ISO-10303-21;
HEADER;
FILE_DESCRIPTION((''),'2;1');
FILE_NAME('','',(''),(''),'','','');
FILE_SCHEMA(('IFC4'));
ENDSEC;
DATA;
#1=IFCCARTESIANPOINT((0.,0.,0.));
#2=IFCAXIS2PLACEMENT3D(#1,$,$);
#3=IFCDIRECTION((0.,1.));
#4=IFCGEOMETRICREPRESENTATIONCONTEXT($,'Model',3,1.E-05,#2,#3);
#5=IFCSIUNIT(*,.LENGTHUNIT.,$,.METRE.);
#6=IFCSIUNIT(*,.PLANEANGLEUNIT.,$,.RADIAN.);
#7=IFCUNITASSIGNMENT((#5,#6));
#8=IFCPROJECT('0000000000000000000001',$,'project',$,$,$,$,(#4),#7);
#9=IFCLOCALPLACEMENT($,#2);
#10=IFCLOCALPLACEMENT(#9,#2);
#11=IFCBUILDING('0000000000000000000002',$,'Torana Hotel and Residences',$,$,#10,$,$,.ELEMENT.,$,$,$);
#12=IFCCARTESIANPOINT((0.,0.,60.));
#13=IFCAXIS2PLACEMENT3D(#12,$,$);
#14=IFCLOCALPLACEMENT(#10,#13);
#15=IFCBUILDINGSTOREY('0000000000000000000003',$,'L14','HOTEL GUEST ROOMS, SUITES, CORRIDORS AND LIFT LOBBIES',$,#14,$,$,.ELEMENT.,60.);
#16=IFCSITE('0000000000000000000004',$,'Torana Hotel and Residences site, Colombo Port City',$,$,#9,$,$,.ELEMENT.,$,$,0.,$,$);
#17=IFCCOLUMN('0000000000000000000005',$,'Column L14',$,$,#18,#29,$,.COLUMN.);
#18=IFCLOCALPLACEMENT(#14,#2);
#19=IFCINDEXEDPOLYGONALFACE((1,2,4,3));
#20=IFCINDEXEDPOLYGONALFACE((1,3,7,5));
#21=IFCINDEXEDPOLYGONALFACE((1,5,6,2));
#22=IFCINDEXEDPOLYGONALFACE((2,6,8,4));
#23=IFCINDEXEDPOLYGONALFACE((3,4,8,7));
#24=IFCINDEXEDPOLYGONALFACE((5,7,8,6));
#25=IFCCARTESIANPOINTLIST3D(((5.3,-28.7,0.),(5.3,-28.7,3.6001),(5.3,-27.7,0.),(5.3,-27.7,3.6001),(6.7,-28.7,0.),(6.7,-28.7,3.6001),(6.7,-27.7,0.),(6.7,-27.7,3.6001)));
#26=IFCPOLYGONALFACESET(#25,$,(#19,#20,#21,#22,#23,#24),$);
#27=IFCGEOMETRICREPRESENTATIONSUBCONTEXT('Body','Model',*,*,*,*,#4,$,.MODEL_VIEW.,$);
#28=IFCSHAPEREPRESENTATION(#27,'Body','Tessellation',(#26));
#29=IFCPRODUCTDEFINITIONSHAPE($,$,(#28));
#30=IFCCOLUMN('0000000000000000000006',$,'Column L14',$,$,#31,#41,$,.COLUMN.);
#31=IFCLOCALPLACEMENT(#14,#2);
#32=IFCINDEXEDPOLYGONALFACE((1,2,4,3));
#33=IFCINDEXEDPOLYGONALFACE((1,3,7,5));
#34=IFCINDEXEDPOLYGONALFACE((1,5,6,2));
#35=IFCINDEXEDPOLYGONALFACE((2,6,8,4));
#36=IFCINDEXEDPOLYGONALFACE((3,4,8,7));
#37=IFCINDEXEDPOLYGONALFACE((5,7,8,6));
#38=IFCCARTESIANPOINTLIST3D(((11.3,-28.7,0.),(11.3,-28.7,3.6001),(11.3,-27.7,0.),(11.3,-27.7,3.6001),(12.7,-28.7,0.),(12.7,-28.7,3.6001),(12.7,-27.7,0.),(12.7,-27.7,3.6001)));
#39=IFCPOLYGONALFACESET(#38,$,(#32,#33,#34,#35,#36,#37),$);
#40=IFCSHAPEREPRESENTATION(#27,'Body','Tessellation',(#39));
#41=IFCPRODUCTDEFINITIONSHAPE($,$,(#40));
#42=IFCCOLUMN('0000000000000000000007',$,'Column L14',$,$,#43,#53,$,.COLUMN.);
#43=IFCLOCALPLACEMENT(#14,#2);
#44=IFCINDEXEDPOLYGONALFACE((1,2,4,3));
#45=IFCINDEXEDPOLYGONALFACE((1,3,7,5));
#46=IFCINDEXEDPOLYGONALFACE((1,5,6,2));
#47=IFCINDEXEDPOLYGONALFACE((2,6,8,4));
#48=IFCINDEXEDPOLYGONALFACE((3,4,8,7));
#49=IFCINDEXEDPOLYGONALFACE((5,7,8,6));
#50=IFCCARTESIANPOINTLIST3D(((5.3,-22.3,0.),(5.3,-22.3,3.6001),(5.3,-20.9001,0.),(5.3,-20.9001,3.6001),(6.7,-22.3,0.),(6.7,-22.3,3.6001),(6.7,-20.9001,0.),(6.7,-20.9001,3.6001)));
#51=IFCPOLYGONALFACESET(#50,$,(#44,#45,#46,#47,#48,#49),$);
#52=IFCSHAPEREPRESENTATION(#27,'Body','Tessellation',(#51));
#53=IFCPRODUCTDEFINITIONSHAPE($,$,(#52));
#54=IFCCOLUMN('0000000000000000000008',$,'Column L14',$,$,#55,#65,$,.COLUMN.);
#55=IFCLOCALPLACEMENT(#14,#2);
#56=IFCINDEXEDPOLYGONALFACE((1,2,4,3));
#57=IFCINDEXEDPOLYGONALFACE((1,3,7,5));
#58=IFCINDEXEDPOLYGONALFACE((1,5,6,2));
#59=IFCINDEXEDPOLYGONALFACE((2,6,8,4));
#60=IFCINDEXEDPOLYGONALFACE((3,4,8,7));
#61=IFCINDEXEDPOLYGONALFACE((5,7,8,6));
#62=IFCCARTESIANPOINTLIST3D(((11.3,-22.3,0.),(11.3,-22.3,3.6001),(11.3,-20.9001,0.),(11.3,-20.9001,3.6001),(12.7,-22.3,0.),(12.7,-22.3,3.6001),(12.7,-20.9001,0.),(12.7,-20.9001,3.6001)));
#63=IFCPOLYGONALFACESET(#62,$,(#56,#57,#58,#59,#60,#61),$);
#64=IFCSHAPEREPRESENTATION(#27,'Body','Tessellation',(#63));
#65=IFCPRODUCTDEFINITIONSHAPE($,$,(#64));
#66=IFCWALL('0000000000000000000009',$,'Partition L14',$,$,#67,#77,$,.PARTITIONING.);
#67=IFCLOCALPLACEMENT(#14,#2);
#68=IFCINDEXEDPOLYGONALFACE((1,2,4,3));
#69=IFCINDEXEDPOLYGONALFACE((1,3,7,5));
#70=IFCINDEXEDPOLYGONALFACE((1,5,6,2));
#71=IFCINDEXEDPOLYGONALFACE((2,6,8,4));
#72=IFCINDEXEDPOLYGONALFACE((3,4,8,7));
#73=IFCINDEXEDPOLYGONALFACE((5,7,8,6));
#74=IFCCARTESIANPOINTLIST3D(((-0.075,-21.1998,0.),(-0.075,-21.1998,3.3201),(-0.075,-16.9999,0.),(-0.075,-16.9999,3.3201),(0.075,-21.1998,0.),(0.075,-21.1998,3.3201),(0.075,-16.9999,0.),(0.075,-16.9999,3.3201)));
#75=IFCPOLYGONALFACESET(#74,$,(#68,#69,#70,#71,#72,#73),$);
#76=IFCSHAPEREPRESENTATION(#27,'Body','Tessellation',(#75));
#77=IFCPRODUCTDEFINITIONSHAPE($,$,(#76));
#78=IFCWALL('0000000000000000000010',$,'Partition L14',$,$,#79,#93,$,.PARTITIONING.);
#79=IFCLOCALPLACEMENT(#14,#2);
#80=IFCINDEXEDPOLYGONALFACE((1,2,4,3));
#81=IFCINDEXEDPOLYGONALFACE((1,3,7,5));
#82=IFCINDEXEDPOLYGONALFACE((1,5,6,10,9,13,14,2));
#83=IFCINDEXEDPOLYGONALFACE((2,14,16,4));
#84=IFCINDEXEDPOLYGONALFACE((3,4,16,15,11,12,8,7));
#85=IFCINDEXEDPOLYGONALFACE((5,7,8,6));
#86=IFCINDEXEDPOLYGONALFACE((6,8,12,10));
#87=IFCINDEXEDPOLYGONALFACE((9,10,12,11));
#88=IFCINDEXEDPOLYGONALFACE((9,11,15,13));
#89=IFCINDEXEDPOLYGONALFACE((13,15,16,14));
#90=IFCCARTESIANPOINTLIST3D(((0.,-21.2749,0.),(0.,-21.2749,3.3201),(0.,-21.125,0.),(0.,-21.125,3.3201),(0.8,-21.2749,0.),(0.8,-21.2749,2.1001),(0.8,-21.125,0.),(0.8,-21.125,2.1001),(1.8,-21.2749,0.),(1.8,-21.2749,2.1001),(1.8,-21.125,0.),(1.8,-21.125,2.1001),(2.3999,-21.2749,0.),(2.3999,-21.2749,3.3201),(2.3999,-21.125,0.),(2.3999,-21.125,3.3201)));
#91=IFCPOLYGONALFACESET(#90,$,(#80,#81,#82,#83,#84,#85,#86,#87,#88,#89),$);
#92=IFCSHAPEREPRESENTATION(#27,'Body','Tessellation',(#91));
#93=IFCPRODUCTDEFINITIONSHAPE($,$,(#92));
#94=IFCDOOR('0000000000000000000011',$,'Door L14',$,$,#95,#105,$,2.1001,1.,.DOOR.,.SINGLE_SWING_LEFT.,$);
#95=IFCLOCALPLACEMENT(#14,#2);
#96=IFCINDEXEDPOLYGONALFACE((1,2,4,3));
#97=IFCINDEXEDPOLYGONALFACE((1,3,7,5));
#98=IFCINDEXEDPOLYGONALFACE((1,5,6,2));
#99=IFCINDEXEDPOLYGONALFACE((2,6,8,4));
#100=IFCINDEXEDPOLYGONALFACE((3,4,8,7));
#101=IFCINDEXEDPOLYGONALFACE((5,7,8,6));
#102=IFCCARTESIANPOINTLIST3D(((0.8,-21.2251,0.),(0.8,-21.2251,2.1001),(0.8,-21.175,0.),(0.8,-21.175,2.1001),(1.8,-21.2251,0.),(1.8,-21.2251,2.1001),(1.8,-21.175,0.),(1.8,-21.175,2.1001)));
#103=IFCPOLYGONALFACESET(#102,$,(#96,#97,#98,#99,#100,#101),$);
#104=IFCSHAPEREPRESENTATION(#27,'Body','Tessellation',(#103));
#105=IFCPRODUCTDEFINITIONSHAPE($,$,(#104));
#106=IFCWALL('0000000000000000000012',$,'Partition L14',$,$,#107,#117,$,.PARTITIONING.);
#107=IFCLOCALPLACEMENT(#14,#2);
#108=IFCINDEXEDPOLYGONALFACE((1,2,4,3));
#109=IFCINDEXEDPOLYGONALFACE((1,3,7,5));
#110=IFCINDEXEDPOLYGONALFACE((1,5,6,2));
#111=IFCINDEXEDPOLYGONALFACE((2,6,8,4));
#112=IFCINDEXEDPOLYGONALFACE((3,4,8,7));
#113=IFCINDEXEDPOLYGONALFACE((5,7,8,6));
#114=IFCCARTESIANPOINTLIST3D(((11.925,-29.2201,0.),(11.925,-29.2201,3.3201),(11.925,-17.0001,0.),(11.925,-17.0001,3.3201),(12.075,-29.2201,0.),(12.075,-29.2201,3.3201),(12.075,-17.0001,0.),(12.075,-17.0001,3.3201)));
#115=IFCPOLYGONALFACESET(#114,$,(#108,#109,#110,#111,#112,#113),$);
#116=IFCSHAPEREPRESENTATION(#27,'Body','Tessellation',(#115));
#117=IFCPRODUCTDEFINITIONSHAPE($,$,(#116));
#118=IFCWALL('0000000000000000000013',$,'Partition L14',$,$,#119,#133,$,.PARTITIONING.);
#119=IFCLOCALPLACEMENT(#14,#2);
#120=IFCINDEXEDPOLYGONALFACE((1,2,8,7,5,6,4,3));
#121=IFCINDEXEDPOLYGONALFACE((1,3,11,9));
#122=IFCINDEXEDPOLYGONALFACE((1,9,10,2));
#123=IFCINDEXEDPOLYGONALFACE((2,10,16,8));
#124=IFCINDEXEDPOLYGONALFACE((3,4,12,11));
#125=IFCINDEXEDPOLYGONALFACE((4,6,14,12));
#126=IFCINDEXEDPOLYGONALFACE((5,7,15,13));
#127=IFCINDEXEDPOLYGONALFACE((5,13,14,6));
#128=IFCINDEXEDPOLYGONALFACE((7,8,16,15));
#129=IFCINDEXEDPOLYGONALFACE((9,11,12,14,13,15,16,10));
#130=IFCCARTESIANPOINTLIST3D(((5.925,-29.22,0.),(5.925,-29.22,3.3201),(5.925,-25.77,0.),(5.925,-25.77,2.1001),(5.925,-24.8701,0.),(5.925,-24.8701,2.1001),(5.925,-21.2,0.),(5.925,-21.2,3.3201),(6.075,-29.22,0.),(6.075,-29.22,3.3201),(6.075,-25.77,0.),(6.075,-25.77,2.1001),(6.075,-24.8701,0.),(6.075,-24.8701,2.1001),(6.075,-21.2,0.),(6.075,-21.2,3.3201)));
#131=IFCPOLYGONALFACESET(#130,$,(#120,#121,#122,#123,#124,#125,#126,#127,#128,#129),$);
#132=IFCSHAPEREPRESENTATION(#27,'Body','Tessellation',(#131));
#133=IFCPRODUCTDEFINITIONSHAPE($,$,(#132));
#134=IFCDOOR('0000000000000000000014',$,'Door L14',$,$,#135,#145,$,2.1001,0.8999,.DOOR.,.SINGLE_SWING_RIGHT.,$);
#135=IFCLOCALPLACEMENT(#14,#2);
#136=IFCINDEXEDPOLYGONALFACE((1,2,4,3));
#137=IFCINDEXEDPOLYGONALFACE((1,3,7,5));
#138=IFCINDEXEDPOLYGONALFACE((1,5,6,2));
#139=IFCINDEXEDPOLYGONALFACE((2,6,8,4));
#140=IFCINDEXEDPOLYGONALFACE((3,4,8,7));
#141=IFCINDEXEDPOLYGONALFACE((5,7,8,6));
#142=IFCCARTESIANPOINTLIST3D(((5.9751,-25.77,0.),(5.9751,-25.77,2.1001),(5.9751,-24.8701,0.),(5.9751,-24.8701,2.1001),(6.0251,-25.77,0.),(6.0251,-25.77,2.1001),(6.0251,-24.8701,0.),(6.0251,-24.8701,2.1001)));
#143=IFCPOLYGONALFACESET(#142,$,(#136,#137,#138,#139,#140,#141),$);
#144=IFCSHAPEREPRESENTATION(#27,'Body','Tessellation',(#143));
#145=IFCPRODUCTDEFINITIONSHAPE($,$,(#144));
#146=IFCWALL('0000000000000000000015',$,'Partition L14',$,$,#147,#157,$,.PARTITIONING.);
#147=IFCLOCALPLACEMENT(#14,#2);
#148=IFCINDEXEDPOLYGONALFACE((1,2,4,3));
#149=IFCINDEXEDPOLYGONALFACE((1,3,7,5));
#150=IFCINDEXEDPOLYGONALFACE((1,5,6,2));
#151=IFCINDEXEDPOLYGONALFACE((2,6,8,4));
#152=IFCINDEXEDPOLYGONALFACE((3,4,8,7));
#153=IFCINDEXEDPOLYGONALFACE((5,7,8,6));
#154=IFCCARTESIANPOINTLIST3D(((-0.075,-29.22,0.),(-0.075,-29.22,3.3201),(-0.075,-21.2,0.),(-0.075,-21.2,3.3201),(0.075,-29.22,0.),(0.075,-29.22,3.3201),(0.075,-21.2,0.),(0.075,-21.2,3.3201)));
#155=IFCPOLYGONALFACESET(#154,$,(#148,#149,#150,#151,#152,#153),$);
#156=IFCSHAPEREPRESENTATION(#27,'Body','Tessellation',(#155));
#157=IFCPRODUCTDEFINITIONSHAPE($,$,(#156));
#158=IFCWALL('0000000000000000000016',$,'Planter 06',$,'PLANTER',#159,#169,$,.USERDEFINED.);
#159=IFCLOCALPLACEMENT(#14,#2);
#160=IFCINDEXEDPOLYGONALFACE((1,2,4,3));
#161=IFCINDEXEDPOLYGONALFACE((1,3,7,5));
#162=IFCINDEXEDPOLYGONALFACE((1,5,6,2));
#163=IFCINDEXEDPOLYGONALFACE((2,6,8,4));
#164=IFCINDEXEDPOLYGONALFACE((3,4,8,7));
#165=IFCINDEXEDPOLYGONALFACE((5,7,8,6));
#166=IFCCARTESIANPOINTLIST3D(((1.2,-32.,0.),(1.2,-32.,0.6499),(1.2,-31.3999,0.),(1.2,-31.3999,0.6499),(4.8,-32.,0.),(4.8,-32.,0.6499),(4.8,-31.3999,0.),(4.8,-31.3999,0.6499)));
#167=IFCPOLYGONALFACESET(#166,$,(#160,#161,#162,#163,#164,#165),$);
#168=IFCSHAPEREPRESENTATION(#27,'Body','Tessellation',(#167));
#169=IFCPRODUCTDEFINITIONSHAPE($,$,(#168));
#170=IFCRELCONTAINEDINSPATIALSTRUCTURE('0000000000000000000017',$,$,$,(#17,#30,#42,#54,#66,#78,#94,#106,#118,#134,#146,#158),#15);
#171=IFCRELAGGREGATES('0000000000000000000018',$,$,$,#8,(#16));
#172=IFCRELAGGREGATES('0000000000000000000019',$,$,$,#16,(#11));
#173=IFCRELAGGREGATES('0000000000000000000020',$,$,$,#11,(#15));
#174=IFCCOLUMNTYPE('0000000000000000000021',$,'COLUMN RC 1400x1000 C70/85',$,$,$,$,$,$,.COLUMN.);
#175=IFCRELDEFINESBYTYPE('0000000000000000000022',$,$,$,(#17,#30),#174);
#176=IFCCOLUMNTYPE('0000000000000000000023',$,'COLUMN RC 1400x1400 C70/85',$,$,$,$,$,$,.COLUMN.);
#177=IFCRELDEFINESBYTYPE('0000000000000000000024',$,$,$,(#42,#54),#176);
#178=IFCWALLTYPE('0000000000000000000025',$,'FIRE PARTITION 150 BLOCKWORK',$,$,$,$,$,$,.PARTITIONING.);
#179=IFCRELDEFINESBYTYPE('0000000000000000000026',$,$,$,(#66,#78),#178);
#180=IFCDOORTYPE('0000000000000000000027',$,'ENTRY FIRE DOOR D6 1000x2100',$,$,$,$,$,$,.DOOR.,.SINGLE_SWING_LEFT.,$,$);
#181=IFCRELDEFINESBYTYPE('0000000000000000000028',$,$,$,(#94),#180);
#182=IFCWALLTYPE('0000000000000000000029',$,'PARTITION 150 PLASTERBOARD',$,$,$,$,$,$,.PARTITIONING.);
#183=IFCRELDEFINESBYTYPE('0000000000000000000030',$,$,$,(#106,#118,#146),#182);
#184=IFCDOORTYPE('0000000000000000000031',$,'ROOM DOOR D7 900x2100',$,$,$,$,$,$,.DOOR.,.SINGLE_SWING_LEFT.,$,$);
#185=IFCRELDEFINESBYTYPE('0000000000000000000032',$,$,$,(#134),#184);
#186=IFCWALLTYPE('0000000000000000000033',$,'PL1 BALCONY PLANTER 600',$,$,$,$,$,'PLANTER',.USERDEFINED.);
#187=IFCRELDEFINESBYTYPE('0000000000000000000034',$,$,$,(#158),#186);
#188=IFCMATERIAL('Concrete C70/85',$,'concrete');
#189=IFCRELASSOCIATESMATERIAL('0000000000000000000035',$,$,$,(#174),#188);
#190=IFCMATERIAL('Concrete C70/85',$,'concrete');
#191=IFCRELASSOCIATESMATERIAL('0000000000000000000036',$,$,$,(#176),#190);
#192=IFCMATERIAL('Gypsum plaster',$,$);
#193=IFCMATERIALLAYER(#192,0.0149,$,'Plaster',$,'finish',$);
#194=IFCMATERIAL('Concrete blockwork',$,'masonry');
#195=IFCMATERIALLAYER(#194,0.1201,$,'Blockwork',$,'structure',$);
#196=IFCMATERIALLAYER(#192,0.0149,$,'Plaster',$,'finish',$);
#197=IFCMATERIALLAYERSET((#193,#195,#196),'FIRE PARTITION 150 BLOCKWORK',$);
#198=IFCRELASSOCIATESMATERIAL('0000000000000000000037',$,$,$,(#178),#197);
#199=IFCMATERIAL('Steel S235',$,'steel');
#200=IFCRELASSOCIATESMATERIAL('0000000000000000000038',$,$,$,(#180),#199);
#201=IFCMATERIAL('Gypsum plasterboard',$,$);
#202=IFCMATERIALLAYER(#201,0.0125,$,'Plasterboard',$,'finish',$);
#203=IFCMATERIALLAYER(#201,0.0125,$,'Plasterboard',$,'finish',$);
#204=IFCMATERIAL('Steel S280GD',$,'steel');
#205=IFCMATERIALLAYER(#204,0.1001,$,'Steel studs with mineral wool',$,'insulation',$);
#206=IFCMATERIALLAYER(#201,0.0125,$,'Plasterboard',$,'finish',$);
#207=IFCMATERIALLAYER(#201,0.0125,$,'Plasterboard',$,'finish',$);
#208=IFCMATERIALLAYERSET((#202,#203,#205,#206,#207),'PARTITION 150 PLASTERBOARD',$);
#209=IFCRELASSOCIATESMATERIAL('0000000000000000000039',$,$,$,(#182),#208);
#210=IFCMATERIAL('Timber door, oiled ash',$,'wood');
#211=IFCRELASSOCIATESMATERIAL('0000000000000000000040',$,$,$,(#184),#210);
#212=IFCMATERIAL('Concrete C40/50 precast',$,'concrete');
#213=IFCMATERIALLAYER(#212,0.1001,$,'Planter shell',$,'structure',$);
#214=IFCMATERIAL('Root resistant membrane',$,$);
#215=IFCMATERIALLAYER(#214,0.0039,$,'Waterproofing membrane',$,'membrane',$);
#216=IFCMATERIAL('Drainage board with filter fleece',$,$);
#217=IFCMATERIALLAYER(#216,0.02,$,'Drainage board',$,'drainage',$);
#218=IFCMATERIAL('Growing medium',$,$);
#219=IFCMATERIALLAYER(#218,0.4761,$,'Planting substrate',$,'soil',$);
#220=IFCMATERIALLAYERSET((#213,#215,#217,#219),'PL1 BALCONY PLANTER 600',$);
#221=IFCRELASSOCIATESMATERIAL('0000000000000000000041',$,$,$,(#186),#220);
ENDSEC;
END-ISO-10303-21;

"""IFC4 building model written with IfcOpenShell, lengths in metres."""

from ifc_helpers import new_model, si_unit, direction, frame, frame_2d, origin, origin_2d, place, context, subcontext, project, spatial, rectangle, extrude, material, layer, layer_set, material_profile, profile_set, type_object, element, fill, save


model = new_model("IFC4")

# Units and contexts
model_context = context("Model", 3, precision=1e-05, world=origin(), true_north=direction((0.0, 1.0)))
body_context = subcontext(model_context, "Body", "Model", "MODEL_VIEW")
ifc_project = project(units=[si_unit("LENGTHUNIT", "METRE"), si_unit("PLANEANGLEUNIT", "RADIAN")], contexts=[model_context])

# Site, building, storey
site_placement = place(None, origin())
site = spatial("IfcSite", under=ifc_project, at=site_placement, Name="Torana Hotel and Residences site, Colombo Port City", CompositionType="ELEMENT", RefElevation=0.0)
building_placement = place(site_placement, origin())
building = spatial("IfcBuilding", under=site, at=building_placement, Name="Torana Hotel and Residences", CompositionType="ELEMENT")
storey_placement = place(building_placement, frame((0.0, 0.0, 60.0)))
storey = spatial("IfcBuildingStorey", under=building, at=storey_placement, Name="L14", Description="HOTEL GUEST ROOMS, SUITES, CORRIDORS AND LIFT LOBBIES", CompositionType="ELEMENT", Elevation=60.0)

# Columns
ifc_material_1 = material(Name="Concrete C70/85", Category="concrete")
ifc_material_profile_1 = material_profile(ifc_material_1, rectangle(XDim=1.3999, YDim=1.0, at=origin_2d()), Name="RC 1400x1000")
ifc_profile_set_1 = profile_set([ifc_material_profile_1], Name="Concrete C70/85")
column_type_1 = type_object("IfcColumnType", Name="COLUMN RC 1400x1000 C70/85", PredefinedType="COLUMN", material=ifc_profile_set_1)
for number, where, z_axis, x_axis, name in (
    (1, (6.0, -28.2, 0.0), (0.0, 0.0, 1.0), (1.0, 0.0, 0.0), "Column L14"),
    (2, (12.0, -28.2, 0.0), (0.0, 0.0, 1.0), (1.0, 0.0, 0.0), "Column L14"),
):
    element("IfcColumn", number, at=place(storey_placement, frame(where, z_axis=z_axis, x_axis=x_axis)), inside=storey, type_object=column_type_1, Name=name, PredefinedType="COLUMN", context=body_context, shape_type="SweptSolid", body=[
        extrude(rectangle(XDim=1.3999, YDim=1.0, at=origin_2d()), origin(), (0.0, 0.0, 1.0), 3.6001),
    ])
ifc_material_2 = material(Name="Concrete C70/85", Category="concrete")
ifc_material_profile_2 = material_profile(ifc_material_2, rectangle(XDim=1.3999, YDim=1.3999, at=origin_2d()), Name="RC 1400x1400")
ifc_profile_set_2 = profile_set([ifc_material_profile_2], Name="Concrete C70/85")
column_type_2 = type_object("IfcColumnType", Name="COLUMN RC 1400x1400 C70/85", PredefinedType="COLUMN", material=ifc_profile_set_2)
for number, where, z_axis, x_axis, name in (
    (3, (6.0, -21.6001, 0.0), (0.0, 0.0, 1.0), (1.0, 0.0, 0.0), "Column L14"),
    (4, (12.0, -21.6001, 0.0), (0.0, 0.0, 1.0), (1.0, 0.0, 0.0), "Column L14"),
):
    element("IfcColumn", number, at=place(storey_placement, frame(where, z_axis=z_axis, x_axis=x_axis)), inside=storey, type_object=column_type_2, Name=name, PredefinedType="COLUMN", context=body_context, shape_type="SweptSolid", body=[
        extrude(rectangle(XDim=1.3999, YDim=1.3999, at=origin_2d()), origin(), (0.0, 0.0, 1.0), 3.6001),
    ])

# Wall
ifc_material_3 = material(Name="Gypsum plaster")
ifc_layer_1 = layer(ifc_material_3, 0.0149, Name="Plaster", Category="finish")
ifc_material_4 = material(Name="Concrete blockwork", Category="masonry")
ifc_layer_2 = layer(ifc_material_4, 0.1201, Name="Blockwork", Category="structure")
ifc_layer_3 = layer(ifc_material_3, 0.0149, Name="Plaster", Category="finish")
ifc_layer_set_1 = layer_set([ifc_layer_1, ifc_layer_2, ifc_layer_3], Name="FIRE PARTITION 150 BLOCKWORK")
wall_type_1 = type_object("IfcWallType", Name="FIRE PARTITION 150 BLOCKWORK", PredefinedType="PARTITIONING", material=ifc_layer_set_1)
wall_1_placement = place(storey_placement, frame((0.0, -21.2, 0.0), z_axis=(0.0, 0.0, 1.0), x_axis=(0.0, 1.0, 0.0)))
element("IfcWall", 5, at=wall_1_placement, inside=storey, type_object=wall_type_1, Name="Partition L14", PredefinedType="PARTITIONING", context=body_context, shape_type="SweptSolid", body=[
    extrude(rectangle(XDim=4.2, YDim=0.1499, at=frame_2d((2.1001, 0.0))), origin(), (0.0, 0.0, 1.0), 3.3201),
])

# Wall, opening, door
wall_2_placement = place(storey_placement, frame((0.0, -21.2, 0.0), z_axis=(0.0, 0.0, 1.0), x_axis=(1.0, 0.0, 0.0)))
wall_2 = element("IfcWall", 6, at=wall_2_placement, inside=storey, type_object=wall_type_1, Name="Partition L14", PredefinedType="PARTITIONING", context=body_context, shape_type="SweptSolid", body=[
    extrude(rectangle(XDim=2.3999, YDim=0.1499, at=frame_2d((1.2, 0.0))), origin(), (0.0, 0.0, 1.0), 3.3201),
])
opening_1_placement = place(wall_2_placement, frame((0.8, 0.0, 0.0)))
opening_1 = element("IfcOpeningElement", 7, at=opening_1_placement, cuts=wall_2, PredefinedType="OPENING", context=body_context, shape_type="SweptSolid", body=[
    extrude(rectangle(XDim=1.0, YDim=2.1001, at=frame_2d((0.5, 1.05))), frame((0.0, 0.085, 0.0), z_axis=(0.0, -1.0, 0.0), x_axis=(1.0, 0.0, 0.0)), (0.0, 0.0, 1.0), 0.1699),
])
ifc_material_5 = material(Name="Steel S235", Category="steel")
door_type_1 = type_object("IfcDoorType", Name="ENTRY FIRE DOOR D6 1000x2100", OperationType="SINGLE_SWING_LEFT", PredefinedType="DOOR", material=ifc_material_5)
door_1_placement = place(opening_1_placement, frame((0.5, 0.0, 0.0), z_axis=(0.0, 0.0, 1.0), x_axis=(-1.0, 0.0, 0.0)))
door_1 = element("IfcDoor", 8, at=door_1_placement, inside=storey, type_object=door_type_1, Name="Door L14", OperationType="SINGLE_SWING_LEFT", OverallHeight=2.1001, OverallWidth=1.0, PredefinedType="DOOR", context=body_context, shape_type="SweptSolid", body=[
    extrude(rectangle(XDim=1.0, YDim=2.1001, at=frame_2d((0.0, 1.05))), frame((0.0, -0.0249, 0.0), z_axis=(0.0, 1.0, 0.0), x_axis=(-1.0, 0.0, 0.0)), (0.0, 0.0, 1.0), 0.05),
])
fill(opening_1, door_1)

# Wall
ifc_material_6 = material(Name="Gypsum plasterboard")
ifc_layer_4 = layer(ifc_material_6, 0.0125, Name="Plasterboard", Category="finish")
ifc_layer_5 = layer(ifc_material_6, 0.0125, Name="Plasterboard", Category="finish")
ifc_material_7 = material(Name="Steel S280GD", Category="steel")
ifc_layer_6 = layer(ifc_material_7, 0.1001, Name="Steel studs with mineral wool", Category="insulation")
ifc_layer_7 = layer(ifc_material_6, 0.0125, Name="Plasterboard", Category="finish")
ifc_layer_8 = layer(ifc_material_6, 0.0125, Name="Plasterboard", Category="finish")
ifc_layer_set_2 = layer_set([ifc_layer_4, ifc_layer_5, ifc_layer_6, ifc_layer_7, ifc_layer_8], Name="PARTITION 150 PLASTERBOARD")
wall_type_2 = type_object("IfcWallType", Name="PARTITION 150 PLASTERBOARD", PredefinedType="PARTITIONING", material=ifc_layer_set_2)
wall_3_placement = place(storey_placement, frame((12.0, -29.22, 0.0), z_axis=(0.0, 0.0, 1.0), x_axis=(0.0, 1.0, 0.0)))
element("IfcWall", 9, at=wall_3_placement, inside=storey, type_object=wall_type_2, Name="Partition L14", PredefinedType="PARTITIONING", context=body_context, shape_type="SweptSolid", body=[
    extrude(rectangle(XDim=12.22, YDim=0.1499, at=frame_2d((6.1099, 0.0))), origin(), (0.0, 0.0, 1.0), 3.3201),
])

# Wall, opening, door
wall_4_placement = place(storey_placement, frame((6.0, -29.22, 0.0), z_axis=(0.0, 0.0, 1.0), x_axis=(0.0, 1.0, 0.0)))
wall_4 = element("IfcWall", 10, at=wall_4_placement, inside=storey, type_object=wall_type_2, Name="Partition L14", PredefinedType="PARTITIONING", context=body_context, shape_type="SweptSolid", body=[
    extrude(rectangle(XDim=8.02, YDim=0.1499, at=frame_2d((4.01, 0.0))), origin(), (0.0, 0.0, 1.0), 3.3201),
])
opening_2_placement = place(wall_4_placement, frame((3.45, 0.0, 0.0)))
opening_2 = element("IfcOpeningElement", 11, at=opening_2_placement, cuts=wall_4, PredefinedType="OPENING", context=body_context, shape_type="SweptSolid", body=[
    extrude(rectangle(XDim=0.8999, YDim=2.1001, at=frame_2d((0.45, 1.05))), frame((0.0, 0.085, 0.0), z_axis=(0.0, -1.0, 0.0), x_axis=(1.0, 0.0, 0.0)), (0.0, 0.0, 1.0), 0.1699),
])
ifc_material_8 = material(Name="Timber door, oiled ash", Category="wood")
door_type_2 = type_object("IfcDoorType", Name="ROOM DOOR D7 900x2100", OperationType="SINGLE_SWING_LEFT", PredefinedType="DOOR", material=ifc_material_8)
door_2_placement = place(opening_2_placement, origin())
door_2 = element("IfcDoor", 12, at=door_2_placement, inside=storey, type_object=door_type_2, Name="Door L14", OperationType="SINGLE_SWING_RIGHT", OverallHeight=2.1001, OverallWidth=0.8999, PredefinedType="DOOR", context=body_context, shape_type="SweptSolid", body=[
    extrude(rectangle(XDim=0.8999, YDim=2.1001, at=frame_2d((0.45, 1.05))), frame((0.0, 0.0249, 0.0), z_axis=(0.0, -1.0, 0.0), x_axis=(1.0, 0.0, 0.0)), (0.0, 0.0, 1.0), 0.05),
])
fill(opening_2, door_2)

# Walls
wall_5_placement = place(storey_placement, frame((0.0, -29.22, 0.0), z_axis=(0.0, 0.0, 1.0), x_axis=(0.0, 1.0, 0.0)))
element("IfcWall", 13, at=wall_5_placement, inside=storey, type_object=wall_type_2, Name="Partition L14", PredefinedType="PARTITIONING", context=body_context, shape_type="SweptSolid", body=[
    extrude(rectangle(XDim=8.02, YDim=0.1499, at=frame_2d((4.01, 0.0))), origin(), (0.0, 0.0, 1.0), 3.3201),
])
ifc_material_9 = material(Name="Concrete C40/50 precast", Category="concrete")
ifc_layer_9 = layer(ifc_material_9, 0.1001, Name="Planter shell", Category="structure")
ifc_material_10 = material(Name="Root resistant membrane")
ifc_layer_10 = layer(ifc_material_10, 0.0039, Name="Waterproofing membrane", Category="membrane")
ifc_material_11 = material(Name="Drainage board with filter fleece")
ifc_layer_11 = layer(ifc_material_11, 0.02, Name="Drainage board", Category="drainage")
ifc_material_12 = material(Name="Growing medium")
ifc_layer_12 = layer(ifc_material_12, 0.4761, Name="Planting substrate", Category="soil")
ifc_layer_set_3 = layer_set([ifc_layer_9, ifc_layer_10, ifc_layer_11, ifc_layer_12], Name="PL1 BALCONY PLANTER 600")
wall_type_3 = type_object("IfcWallType", Name="PL1 BALCONY PLANTER 600", ElementType="PLANTER", PredefinedType="USERDEFINED", material=ifc_layer_set_3)
for number, where, z_axis, x_axis, name in (
    (14, (4.8, -31.7, 0.0), (0.0, 0.0, 1.0), (-1.0, 0.0, 0.0), "Planter 06"),
):
    element("IfcWall", number, at=place(storey_placement, frame(where, z_axis=z_axis, x_axis=x_axis)), inside=storey, type_object=wall_type_3, Name=name, ObjectType="PLANTER", PredefinedType="USERDEFINED", context=body_context, shape_type="SweptSolid", body=[
        extrude(rectangle(XDim=3.6001, YDim=0.6001, at=frame_2d((1.8, 0.0))), origin(), (0.0, 0.0, 1.0), 0.6499),
    ])

save(model, "model.ifc")
